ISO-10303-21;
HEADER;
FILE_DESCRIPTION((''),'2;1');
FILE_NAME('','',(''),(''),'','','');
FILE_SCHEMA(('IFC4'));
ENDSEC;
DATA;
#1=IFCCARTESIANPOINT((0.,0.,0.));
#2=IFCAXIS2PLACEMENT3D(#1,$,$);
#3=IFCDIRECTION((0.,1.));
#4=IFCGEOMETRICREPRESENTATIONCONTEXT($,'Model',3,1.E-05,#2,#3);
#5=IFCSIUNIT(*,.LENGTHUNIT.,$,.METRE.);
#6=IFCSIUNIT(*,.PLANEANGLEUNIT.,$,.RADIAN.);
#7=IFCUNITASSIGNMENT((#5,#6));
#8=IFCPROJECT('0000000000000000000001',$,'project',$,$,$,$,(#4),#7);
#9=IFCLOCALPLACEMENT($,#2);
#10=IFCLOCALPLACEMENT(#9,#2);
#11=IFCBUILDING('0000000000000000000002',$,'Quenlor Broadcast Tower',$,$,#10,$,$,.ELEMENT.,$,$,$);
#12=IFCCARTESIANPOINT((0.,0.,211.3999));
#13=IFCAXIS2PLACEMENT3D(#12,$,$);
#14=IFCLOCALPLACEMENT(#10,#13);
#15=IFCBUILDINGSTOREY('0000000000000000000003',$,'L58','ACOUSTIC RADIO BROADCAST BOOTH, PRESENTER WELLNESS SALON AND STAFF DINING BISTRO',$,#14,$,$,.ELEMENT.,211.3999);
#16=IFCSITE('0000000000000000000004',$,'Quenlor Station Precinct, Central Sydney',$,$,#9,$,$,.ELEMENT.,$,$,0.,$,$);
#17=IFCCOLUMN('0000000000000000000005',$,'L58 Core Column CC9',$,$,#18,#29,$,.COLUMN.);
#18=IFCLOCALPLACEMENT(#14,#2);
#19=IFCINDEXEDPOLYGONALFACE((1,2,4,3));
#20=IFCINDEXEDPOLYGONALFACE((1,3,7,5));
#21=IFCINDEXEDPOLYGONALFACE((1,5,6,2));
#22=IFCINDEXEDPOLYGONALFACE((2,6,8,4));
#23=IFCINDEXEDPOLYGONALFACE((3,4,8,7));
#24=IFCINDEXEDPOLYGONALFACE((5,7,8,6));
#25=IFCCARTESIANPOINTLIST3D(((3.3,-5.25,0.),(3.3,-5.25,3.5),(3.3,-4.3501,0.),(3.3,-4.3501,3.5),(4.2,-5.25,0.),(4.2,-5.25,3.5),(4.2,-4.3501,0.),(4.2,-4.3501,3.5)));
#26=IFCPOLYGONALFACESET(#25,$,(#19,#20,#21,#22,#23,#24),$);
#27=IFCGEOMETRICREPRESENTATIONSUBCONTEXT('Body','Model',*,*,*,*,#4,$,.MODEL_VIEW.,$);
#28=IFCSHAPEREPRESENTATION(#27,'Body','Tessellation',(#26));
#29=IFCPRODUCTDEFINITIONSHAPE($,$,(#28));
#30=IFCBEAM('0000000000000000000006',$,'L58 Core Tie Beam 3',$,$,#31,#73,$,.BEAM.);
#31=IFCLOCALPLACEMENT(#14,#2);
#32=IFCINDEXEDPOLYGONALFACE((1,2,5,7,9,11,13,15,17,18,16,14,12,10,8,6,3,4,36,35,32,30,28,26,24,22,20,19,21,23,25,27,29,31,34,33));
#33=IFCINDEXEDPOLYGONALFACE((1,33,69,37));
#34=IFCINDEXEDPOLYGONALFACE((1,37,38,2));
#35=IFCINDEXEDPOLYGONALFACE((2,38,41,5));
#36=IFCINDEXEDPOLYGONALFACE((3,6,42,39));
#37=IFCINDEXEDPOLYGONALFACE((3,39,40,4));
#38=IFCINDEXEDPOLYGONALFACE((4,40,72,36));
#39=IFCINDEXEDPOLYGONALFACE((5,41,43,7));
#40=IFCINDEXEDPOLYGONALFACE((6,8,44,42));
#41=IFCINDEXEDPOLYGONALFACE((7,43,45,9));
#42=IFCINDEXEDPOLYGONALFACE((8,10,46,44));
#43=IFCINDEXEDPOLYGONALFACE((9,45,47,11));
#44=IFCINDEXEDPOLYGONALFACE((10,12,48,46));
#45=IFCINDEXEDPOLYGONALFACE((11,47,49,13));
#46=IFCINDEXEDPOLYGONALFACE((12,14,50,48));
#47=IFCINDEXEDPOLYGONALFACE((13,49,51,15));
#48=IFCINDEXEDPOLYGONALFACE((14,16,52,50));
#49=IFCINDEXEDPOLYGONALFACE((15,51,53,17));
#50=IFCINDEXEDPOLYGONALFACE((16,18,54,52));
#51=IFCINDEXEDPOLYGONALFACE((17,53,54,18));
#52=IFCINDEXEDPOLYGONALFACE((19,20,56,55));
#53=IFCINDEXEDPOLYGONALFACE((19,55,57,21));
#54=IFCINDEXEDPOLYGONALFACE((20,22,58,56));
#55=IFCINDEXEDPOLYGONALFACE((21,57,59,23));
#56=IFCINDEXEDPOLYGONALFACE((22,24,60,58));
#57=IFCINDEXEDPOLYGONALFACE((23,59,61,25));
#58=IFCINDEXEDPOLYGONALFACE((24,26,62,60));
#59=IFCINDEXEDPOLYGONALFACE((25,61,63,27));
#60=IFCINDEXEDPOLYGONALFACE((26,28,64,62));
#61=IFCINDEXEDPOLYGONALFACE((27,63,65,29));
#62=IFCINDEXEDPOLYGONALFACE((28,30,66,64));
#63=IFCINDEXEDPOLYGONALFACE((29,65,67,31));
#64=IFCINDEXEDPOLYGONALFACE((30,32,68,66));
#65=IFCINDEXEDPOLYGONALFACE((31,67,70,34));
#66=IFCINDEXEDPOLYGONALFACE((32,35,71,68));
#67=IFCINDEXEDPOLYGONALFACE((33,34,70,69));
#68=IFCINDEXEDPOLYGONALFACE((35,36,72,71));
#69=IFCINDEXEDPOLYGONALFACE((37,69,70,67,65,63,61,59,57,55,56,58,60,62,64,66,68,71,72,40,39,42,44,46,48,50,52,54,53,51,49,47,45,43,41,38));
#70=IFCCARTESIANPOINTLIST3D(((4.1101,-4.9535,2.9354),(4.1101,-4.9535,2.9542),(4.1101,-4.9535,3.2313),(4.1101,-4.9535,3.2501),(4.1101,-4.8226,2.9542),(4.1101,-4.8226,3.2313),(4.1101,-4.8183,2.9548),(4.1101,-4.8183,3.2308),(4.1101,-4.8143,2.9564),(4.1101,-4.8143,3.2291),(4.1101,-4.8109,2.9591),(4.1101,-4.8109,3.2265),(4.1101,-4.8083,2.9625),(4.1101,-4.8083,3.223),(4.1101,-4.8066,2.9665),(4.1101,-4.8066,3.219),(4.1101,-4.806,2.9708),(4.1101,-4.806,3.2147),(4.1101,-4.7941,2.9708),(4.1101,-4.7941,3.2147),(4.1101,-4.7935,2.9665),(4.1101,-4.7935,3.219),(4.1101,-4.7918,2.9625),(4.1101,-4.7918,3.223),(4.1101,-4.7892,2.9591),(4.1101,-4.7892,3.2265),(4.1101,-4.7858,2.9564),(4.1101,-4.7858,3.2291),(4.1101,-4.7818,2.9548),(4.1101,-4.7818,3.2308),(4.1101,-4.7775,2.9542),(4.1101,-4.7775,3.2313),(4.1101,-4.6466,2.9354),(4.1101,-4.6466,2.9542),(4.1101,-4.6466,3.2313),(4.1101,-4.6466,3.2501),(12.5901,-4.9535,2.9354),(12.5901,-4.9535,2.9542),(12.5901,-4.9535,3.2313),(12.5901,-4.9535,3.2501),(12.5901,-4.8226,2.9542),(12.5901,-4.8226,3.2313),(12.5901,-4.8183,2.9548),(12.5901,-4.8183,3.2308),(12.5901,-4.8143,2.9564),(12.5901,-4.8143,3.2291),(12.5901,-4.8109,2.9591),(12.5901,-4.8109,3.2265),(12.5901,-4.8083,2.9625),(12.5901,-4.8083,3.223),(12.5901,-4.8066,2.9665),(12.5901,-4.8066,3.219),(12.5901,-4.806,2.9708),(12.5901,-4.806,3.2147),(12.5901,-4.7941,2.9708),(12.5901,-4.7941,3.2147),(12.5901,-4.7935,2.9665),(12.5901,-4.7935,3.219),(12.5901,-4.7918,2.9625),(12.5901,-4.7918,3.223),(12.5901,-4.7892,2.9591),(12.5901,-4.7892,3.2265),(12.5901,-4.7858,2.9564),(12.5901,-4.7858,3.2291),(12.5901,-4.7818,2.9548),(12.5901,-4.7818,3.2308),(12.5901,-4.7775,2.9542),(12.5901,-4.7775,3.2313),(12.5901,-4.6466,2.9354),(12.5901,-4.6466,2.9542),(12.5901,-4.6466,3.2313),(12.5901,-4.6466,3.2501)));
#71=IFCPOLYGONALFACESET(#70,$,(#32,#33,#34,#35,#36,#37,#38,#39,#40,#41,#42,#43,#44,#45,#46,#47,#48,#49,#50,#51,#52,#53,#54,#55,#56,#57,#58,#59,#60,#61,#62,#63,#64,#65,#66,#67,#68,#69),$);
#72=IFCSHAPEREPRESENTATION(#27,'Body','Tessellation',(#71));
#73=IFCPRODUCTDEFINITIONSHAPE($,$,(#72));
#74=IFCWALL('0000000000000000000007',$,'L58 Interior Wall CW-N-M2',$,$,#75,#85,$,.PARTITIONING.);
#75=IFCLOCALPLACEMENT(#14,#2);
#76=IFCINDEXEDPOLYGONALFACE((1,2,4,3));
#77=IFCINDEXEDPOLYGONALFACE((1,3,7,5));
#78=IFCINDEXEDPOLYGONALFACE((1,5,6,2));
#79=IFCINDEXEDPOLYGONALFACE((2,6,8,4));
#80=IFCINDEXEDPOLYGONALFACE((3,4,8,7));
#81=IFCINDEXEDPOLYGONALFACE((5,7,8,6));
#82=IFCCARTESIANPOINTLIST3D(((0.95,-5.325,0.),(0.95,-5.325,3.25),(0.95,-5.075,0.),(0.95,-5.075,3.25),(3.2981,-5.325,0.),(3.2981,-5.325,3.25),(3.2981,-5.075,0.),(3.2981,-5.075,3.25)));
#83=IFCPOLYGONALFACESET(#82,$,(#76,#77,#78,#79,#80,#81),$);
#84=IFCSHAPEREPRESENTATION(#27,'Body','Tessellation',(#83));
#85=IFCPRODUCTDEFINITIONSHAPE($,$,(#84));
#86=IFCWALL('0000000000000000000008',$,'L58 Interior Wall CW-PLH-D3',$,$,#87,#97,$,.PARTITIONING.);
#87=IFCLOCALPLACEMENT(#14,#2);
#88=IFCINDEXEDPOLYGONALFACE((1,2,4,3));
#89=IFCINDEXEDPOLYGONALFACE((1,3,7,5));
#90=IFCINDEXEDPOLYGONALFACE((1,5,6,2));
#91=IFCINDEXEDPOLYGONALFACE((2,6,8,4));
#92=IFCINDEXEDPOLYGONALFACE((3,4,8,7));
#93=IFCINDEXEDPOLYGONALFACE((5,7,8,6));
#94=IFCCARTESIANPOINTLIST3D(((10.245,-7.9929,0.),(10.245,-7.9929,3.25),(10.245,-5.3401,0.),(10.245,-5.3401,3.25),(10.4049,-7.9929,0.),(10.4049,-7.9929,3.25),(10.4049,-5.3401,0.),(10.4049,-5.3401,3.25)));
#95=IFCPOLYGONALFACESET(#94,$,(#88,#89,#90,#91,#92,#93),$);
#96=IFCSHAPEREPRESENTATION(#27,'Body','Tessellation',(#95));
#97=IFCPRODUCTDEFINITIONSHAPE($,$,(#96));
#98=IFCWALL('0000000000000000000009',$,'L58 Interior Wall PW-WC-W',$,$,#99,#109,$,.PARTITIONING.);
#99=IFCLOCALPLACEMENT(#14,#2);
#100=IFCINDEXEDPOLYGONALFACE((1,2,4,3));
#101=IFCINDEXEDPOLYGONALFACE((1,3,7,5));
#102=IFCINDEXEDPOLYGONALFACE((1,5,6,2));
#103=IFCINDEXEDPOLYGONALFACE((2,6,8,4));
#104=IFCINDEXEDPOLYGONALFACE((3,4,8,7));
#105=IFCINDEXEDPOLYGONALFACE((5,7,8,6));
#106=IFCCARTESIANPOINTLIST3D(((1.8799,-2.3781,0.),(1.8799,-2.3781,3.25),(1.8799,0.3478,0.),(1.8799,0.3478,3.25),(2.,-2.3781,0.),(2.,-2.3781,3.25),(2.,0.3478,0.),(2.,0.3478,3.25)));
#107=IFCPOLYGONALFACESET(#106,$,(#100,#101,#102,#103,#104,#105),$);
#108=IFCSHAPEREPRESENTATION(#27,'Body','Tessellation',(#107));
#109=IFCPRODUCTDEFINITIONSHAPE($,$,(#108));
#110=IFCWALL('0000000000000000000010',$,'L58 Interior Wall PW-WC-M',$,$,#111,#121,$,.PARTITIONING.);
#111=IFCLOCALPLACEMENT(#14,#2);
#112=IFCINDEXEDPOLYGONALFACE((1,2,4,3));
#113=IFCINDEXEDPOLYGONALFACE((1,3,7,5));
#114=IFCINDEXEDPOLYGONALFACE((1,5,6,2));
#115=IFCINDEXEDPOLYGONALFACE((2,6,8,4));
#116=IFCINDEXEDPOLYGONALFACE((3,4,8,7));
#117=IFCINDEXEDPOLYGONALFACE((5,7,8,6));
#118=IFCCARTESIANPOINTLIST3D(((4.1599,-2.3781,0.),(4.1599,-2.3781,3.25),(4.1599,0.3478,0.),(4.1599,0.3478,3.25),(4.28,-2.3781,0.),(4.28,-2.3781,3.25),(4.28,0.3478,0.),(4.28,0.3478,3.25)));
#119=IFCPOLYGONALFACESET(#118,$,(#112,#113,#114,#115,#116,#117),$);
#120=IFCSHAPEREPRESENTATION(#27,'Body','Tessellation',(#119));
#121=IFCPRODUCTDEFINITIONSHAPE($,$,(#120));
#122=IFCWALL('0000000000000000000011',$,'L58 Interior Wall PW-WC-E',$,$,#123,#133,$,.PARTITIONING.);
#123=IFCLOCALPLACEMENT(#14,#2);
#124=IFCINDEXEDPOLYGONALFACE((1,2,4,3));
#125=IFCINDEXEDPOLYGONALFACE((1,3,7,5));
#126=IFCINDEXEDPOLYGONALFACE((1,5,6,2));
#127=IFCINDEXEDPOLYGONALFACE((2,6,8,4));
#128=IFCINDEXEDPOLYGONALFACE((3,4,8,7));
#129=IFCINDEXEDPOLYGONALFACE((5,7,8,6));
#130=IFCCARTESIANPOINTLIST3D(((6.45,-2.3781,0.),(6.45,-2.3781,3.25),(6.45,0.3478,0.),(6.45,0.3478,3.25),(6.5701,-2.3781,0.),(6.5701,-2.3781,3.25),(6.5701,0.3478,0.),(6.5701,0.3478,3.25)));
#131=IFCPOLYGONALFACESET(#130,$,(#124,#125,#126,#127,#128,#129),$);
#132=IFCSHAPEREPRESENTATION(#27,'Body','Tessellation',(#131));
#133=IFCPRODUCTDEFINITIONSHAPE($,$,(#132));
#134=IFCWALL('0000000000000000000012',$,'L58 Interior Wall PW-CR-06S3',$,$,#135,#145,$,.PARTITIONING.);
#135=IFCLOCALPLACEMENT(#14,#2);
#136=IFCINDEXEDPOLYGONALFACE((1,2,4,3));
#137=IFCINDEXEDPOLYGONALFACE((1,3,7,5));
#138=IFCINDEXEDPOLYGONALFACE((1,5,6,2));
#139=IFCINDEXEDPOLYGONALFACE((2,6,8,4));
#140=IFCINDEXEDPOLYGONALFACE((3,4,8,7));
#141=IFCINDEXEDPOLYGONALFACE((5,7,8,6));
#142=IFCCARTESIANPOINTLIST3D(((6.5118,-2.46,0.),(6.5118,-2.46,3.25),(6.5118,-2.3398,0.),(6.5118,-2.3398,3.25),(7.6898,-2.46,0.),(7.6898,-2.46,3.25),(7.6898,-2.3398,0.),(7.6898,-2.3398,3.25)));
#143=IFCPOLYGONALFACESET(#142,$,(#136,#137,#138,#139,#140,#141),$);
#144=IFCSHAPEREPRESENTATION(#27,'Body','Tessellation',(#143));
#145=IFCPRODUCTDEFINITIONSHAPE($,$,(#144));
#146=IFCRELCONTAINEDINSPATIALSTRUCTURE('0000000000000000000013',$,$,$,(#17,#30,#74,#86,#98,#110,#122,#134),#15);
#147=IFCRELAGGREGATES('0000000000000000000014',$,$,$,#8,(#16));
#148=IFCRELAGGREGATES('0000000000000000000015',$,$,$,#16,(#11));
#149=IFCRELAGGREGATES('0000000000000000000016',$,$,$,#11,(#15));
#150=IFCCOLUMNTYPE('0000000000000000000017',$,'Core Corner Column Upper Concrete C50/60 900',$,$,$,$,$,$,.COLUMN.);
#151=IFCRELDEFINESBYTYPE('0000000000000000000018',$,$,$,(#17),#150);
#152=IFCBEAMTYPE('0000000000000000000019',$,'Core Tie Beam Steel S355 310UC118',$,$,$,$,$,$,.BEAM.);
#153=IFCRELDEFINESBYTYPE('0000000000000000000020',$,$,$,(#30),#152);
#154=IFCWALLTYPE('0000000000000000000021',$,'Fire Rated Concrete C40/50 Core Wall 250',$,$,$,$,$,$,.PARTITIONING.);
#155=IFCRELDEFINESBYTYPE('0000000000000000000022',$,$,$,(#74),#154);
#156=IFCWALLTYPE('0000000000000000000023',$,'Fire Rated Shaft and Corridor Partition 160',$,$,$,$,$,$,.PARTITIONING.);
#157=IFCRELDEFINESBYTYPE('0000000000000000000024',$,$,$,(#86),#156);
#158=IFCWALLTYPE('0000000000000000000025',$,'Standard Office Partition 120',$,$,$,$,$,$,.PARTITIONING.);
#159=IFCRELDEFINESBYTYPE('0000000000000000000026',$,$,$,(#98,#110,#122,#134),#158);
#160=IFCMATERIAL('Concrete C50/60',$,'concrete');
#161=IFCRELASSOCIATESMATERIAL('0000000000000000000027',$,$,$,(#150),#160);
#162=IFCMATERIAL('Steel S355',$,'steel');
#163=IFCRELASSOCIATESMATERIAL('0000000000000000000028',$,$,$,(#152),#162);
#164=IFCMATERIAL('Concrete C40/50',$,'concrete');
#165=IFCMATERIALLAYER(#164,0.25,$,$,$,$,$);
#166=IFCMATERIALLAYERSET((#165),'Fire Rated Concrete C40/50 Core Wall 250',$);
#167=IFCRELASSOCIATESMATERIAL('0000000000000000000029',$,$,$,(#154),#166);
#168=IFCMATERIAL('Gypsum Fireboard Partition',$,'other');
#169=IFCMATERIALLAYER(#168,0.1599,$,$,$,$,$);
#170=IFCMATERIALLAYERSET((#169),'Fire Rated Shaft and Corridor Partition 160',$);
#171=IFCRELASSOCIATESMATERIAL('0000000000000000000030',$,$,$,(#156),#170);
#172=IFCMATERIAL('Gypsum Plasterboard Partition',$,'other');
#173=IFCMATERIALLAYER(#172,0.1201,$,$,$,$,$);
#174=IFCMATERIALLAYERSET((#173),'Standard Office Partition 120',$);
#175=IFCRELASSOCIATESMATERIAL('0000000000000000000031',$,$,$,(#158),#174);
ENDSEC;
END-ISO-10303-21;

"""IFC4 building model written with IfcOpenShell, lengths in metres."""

from ifc_helpers import new_model, si_unit, direction, frame, frame_2d, origin, origin_2d, place, context, subcontext, project, spatial, rectangle, i_section, extrude, material, layer, layer_set, material_profile, profile_set, type_object, element, save


model = new_model("IFC4")

# Units and contexts
model_context = context("Model", 3, precision=1e-05, world=origin(), true_north=direction((0.0, 1.0)))
body_context = subcontext(model_context, "Body", "Model", "MODEL_VIEW")
ifc_project = project(units=[si_unit("LENGTHUNIT", "METRE"), si_unit("PLANEANGLEUNIT", "RADIAN")], contexts=[model_context])

# Site, building, storey
site_placement = place(None, origin())
site = spatial("IfcSite", under=ifc_project, at=site_placement, Name="Quenlor Station Precinct, Central Sydney", CompositionType="ELEMENT", RefElevation=0.0)
building_placement = place(site_placement, origin())
building = spatial("IfcBuilding", under=site, at=building_placement, Name="Quenlor Broadcast Tower", CompositionType="ELEMENT")
storey_placement = place(building_placement, frame((0.0, 0.0, 211.3999)))
storey = spatial("IfcBuildingStorey", under=building, at=storey_placement, Name="L58", Description="ACOUSTIC RADIO BROADCAST BOOTH, PRESENTER WELLNESS SALON AND STAFF DINING BISTRO", CompositionType="ELEMENT", Elevation=211.3999)

# Column
ifc_material_1 = material(Name="Concrete C50/60", Category="concrete")
ifc_material_profile_1 = material_profile(ifc_material_1, rectangle(XDim=0.8999, YDim=0.8999, at=origin_2d()))
ifc_profile_set_1 = profile_set([ifc_material_profile_1], Name="Concrete C50/60 RC900x900")
column_type = type_object("IfcColumnType", Name="Core Corner Column Upper Concrete C50/60 900", PredefinedType="COLUMN", material=ifc_profile_set_1)
column_placement = place(storey_placement, frame((3.75, -4.8, 0.0), z_axis=(0.0, 0.0, 1.0), x_axis=(1.0, 0.0, 0.0)))
element("IfcColumn", 1, at=column_placement, inside=storey, type_object=column_type, Name="L58 Core Column CC9", PredefinedType="COLUMN", context=body_context, shape_type="SweptSolid", body=[
    extrude(rectangle(XDim=0.8999, YDim=0.8999, at=origin_2d()), origin(), (0.0, 0.0, 1.0), 3.5),
])

# Beam
ifc_material_2 = material(Name="Steel S355", Category="steel")
ifc_material_profile_2 = material_profile(ifc_material_2, i_section(OverallWidth=0.3069, OverallDepth=0.3147, WebThickness=0.012, FlangeThickness=0.0188, FilletRadius=0.0166, at=origin_2d()))
ifc_profile_set_2 = profile_set([ifc_material_profile_2], Name="Steel S355 310UC118")
beam_type = type_object("IfcBeamType", Name="Core Tie Beam Steel S355 310UC118", PredefinedType="BEAM", material=ifc_profile_set_2)
beam_placement = place(storey_placement, frame((4.1101, -4.8, 3.0928), z_axis=(1.0, 0.0, 0.0), x_axis=(0.0, 1.0, 0.0)))
element("IfcBeam", 2, at=beam_placement, inside=storey, type_object=beam_type, Name="L58 Core Tie Beam 3", PredefinedType="BEAM", context=body_context, shape_type="SweptSolid", body=[
    extrude(i_section(OverallWidth=0.3069, OverallDepth=0.3147, WebThickness=0.012, FlangeThickness=0.0188, FilletRadius=0.0166, at=origin_2d()), origin(), (0.0, 0.0, 1.0), 8.48),
])

# Shared definitions
ifc_material_3 = material(Name="Concrete C40/50", Category="concrete")
ifc_layer_1 = layer(ifc_material_3, 0.25)
ifc_layer_set_1 = layer_set([ifc_layer_1], Name="Fire Rated Concrete C40/50 Core Wall 250")
wall_type_1 = type_object("IfcWallType", Name="Fire Rated Concrete C40/50 Core Wall 250", PredefinedType="PARTITIONING", material=ifc_layer_set_1)

# Walls
wall_1_placement = place(storey_placement, frame((0.95, -5.2, 0.0), z_axis=(0.0, 0.0, 1.0), x_axis=(1.0, 0.0, 0.0)))
element("IfcWall", 3, at=wall_1_placement, inside=storey, type_object=wall_type_1, Name="L58 Interior Wall CW-N-M2", PredefinedType="PARTITIONING", context=body_context, shape_type="SweptSolid", body=[
    extrude(rectangle(XDim=2.3481, YDim=0.25, at=frame_2d((1.1741, 0.0))), origin(), (0.0, 0.0, 1.0), 3.25),
])
ifc_material_4 = material(Name="Gypsum Fireboard Partition", Category="other")
ifc_layer_2 = layer(ifc_material_4, 0.1599)
ifc_layer_set_2 = layer_set([ifc_layer_2], Name="Fire Rated Shaft and Corridor Partition 160")
wall_type_2 = type_object("IfcWallType", Name="Fire Rated Shaft and Corridor Partition 160", PredefinedType="PARTITIONING", material=ifc_layer_set_2)
wall_2_placement = place(storey_placement, frame((10.325, -7.9929, 0.0), z_axis=(0.0, 0.0, 1.0), x_axis=(0.0, 1.0, 0.0)))
element("IfcWall", 4, at=wall_2_placement, inside=storey, type_object=wall_type_2, Name="L58 Interior Wall CW-PLH-D3", PredefinedType="PARTITIONING", context=body_context, shape_type="SweptSolid", body=[
    extrude(rectangle(XDim=2.6528, YDim=0.1599, at=frame_2d((1.3264, 0.0))), origin(), (0.0, 0.0, 1.0), 3.25),
])

# Shared definitions
ifc_material_5 = material(Name="Gypsum Plasterboard Partition", Category="other")
ifc_layer_3 = layer(ifc_material_5, 0.1201)
ifc_layer_set_3 = layer_set([ifc_layer_3], Name="Standard Office Partition 120")
wall_type_3 = type_object("IfcWallType", Name="Standard Office Partition 120", PredefinedType="PARTITIONING", material=ifc_layer_set_3)

# Walls
for number, where, z_axis, x_axis, name in (
    (5, (1.9399, -2.3779, 0.0), (0.0, 0.0, 1.0), (0.0, 1.0, 0.0), "L58 Interior Wall PW-WC-W"),
    (6, (4.22, -2.3779, 0.0), (0.0, 0.0, 1.0), (0.0, 1.0, 0.0), "L58 Interior Wall PW-WC-M"),
    (7, (6.51, -2.3779, 0.0), (0.0, 0.0, 1.0), (0.0, 1.0, 0.0), "L58 Interior Wall PW-WC-E"),
):
    element("IfcWall", number, at=place(storey_placement, frame(where, z_axis=z_axis, x_axis=x_axis)), inside=storey, type_object=wall_type_3, Name=name, PredefinedType="PARTITIONING", context=body_context, shape_type="SweptSolid", body=[
        extrude(rectangle(XDim=2.7258, YDim=0.1201, at=frame_2d((1.3628, 0.0))), origin(), (0.0, 0.0, 1.0), 3.25),
    ])
wall_3_placement = place(storey_placement, frame((6.512, -2.3999, 0.0), z_axis=(0.0, 0.0, 1.0), x_axis=(1.0, 0.0, 0.0)))
element("IfcWall", 8, at=wall_3_placement, inside=storey, type_object=wall_type_3, Name="L58 Interior Wall PW-CR-06S3", PredefinedType="PARTITIONING", context=body_context, shape_type="SweptSolid", body=[
    extrude(rectangle(XDim=1.178, YDim=0.1201, at=frame_2d((0.5889, 0.0))), origin(), (0.0, 0.0, 1.0), 3.25),
])

save(model, "model.ifc")
